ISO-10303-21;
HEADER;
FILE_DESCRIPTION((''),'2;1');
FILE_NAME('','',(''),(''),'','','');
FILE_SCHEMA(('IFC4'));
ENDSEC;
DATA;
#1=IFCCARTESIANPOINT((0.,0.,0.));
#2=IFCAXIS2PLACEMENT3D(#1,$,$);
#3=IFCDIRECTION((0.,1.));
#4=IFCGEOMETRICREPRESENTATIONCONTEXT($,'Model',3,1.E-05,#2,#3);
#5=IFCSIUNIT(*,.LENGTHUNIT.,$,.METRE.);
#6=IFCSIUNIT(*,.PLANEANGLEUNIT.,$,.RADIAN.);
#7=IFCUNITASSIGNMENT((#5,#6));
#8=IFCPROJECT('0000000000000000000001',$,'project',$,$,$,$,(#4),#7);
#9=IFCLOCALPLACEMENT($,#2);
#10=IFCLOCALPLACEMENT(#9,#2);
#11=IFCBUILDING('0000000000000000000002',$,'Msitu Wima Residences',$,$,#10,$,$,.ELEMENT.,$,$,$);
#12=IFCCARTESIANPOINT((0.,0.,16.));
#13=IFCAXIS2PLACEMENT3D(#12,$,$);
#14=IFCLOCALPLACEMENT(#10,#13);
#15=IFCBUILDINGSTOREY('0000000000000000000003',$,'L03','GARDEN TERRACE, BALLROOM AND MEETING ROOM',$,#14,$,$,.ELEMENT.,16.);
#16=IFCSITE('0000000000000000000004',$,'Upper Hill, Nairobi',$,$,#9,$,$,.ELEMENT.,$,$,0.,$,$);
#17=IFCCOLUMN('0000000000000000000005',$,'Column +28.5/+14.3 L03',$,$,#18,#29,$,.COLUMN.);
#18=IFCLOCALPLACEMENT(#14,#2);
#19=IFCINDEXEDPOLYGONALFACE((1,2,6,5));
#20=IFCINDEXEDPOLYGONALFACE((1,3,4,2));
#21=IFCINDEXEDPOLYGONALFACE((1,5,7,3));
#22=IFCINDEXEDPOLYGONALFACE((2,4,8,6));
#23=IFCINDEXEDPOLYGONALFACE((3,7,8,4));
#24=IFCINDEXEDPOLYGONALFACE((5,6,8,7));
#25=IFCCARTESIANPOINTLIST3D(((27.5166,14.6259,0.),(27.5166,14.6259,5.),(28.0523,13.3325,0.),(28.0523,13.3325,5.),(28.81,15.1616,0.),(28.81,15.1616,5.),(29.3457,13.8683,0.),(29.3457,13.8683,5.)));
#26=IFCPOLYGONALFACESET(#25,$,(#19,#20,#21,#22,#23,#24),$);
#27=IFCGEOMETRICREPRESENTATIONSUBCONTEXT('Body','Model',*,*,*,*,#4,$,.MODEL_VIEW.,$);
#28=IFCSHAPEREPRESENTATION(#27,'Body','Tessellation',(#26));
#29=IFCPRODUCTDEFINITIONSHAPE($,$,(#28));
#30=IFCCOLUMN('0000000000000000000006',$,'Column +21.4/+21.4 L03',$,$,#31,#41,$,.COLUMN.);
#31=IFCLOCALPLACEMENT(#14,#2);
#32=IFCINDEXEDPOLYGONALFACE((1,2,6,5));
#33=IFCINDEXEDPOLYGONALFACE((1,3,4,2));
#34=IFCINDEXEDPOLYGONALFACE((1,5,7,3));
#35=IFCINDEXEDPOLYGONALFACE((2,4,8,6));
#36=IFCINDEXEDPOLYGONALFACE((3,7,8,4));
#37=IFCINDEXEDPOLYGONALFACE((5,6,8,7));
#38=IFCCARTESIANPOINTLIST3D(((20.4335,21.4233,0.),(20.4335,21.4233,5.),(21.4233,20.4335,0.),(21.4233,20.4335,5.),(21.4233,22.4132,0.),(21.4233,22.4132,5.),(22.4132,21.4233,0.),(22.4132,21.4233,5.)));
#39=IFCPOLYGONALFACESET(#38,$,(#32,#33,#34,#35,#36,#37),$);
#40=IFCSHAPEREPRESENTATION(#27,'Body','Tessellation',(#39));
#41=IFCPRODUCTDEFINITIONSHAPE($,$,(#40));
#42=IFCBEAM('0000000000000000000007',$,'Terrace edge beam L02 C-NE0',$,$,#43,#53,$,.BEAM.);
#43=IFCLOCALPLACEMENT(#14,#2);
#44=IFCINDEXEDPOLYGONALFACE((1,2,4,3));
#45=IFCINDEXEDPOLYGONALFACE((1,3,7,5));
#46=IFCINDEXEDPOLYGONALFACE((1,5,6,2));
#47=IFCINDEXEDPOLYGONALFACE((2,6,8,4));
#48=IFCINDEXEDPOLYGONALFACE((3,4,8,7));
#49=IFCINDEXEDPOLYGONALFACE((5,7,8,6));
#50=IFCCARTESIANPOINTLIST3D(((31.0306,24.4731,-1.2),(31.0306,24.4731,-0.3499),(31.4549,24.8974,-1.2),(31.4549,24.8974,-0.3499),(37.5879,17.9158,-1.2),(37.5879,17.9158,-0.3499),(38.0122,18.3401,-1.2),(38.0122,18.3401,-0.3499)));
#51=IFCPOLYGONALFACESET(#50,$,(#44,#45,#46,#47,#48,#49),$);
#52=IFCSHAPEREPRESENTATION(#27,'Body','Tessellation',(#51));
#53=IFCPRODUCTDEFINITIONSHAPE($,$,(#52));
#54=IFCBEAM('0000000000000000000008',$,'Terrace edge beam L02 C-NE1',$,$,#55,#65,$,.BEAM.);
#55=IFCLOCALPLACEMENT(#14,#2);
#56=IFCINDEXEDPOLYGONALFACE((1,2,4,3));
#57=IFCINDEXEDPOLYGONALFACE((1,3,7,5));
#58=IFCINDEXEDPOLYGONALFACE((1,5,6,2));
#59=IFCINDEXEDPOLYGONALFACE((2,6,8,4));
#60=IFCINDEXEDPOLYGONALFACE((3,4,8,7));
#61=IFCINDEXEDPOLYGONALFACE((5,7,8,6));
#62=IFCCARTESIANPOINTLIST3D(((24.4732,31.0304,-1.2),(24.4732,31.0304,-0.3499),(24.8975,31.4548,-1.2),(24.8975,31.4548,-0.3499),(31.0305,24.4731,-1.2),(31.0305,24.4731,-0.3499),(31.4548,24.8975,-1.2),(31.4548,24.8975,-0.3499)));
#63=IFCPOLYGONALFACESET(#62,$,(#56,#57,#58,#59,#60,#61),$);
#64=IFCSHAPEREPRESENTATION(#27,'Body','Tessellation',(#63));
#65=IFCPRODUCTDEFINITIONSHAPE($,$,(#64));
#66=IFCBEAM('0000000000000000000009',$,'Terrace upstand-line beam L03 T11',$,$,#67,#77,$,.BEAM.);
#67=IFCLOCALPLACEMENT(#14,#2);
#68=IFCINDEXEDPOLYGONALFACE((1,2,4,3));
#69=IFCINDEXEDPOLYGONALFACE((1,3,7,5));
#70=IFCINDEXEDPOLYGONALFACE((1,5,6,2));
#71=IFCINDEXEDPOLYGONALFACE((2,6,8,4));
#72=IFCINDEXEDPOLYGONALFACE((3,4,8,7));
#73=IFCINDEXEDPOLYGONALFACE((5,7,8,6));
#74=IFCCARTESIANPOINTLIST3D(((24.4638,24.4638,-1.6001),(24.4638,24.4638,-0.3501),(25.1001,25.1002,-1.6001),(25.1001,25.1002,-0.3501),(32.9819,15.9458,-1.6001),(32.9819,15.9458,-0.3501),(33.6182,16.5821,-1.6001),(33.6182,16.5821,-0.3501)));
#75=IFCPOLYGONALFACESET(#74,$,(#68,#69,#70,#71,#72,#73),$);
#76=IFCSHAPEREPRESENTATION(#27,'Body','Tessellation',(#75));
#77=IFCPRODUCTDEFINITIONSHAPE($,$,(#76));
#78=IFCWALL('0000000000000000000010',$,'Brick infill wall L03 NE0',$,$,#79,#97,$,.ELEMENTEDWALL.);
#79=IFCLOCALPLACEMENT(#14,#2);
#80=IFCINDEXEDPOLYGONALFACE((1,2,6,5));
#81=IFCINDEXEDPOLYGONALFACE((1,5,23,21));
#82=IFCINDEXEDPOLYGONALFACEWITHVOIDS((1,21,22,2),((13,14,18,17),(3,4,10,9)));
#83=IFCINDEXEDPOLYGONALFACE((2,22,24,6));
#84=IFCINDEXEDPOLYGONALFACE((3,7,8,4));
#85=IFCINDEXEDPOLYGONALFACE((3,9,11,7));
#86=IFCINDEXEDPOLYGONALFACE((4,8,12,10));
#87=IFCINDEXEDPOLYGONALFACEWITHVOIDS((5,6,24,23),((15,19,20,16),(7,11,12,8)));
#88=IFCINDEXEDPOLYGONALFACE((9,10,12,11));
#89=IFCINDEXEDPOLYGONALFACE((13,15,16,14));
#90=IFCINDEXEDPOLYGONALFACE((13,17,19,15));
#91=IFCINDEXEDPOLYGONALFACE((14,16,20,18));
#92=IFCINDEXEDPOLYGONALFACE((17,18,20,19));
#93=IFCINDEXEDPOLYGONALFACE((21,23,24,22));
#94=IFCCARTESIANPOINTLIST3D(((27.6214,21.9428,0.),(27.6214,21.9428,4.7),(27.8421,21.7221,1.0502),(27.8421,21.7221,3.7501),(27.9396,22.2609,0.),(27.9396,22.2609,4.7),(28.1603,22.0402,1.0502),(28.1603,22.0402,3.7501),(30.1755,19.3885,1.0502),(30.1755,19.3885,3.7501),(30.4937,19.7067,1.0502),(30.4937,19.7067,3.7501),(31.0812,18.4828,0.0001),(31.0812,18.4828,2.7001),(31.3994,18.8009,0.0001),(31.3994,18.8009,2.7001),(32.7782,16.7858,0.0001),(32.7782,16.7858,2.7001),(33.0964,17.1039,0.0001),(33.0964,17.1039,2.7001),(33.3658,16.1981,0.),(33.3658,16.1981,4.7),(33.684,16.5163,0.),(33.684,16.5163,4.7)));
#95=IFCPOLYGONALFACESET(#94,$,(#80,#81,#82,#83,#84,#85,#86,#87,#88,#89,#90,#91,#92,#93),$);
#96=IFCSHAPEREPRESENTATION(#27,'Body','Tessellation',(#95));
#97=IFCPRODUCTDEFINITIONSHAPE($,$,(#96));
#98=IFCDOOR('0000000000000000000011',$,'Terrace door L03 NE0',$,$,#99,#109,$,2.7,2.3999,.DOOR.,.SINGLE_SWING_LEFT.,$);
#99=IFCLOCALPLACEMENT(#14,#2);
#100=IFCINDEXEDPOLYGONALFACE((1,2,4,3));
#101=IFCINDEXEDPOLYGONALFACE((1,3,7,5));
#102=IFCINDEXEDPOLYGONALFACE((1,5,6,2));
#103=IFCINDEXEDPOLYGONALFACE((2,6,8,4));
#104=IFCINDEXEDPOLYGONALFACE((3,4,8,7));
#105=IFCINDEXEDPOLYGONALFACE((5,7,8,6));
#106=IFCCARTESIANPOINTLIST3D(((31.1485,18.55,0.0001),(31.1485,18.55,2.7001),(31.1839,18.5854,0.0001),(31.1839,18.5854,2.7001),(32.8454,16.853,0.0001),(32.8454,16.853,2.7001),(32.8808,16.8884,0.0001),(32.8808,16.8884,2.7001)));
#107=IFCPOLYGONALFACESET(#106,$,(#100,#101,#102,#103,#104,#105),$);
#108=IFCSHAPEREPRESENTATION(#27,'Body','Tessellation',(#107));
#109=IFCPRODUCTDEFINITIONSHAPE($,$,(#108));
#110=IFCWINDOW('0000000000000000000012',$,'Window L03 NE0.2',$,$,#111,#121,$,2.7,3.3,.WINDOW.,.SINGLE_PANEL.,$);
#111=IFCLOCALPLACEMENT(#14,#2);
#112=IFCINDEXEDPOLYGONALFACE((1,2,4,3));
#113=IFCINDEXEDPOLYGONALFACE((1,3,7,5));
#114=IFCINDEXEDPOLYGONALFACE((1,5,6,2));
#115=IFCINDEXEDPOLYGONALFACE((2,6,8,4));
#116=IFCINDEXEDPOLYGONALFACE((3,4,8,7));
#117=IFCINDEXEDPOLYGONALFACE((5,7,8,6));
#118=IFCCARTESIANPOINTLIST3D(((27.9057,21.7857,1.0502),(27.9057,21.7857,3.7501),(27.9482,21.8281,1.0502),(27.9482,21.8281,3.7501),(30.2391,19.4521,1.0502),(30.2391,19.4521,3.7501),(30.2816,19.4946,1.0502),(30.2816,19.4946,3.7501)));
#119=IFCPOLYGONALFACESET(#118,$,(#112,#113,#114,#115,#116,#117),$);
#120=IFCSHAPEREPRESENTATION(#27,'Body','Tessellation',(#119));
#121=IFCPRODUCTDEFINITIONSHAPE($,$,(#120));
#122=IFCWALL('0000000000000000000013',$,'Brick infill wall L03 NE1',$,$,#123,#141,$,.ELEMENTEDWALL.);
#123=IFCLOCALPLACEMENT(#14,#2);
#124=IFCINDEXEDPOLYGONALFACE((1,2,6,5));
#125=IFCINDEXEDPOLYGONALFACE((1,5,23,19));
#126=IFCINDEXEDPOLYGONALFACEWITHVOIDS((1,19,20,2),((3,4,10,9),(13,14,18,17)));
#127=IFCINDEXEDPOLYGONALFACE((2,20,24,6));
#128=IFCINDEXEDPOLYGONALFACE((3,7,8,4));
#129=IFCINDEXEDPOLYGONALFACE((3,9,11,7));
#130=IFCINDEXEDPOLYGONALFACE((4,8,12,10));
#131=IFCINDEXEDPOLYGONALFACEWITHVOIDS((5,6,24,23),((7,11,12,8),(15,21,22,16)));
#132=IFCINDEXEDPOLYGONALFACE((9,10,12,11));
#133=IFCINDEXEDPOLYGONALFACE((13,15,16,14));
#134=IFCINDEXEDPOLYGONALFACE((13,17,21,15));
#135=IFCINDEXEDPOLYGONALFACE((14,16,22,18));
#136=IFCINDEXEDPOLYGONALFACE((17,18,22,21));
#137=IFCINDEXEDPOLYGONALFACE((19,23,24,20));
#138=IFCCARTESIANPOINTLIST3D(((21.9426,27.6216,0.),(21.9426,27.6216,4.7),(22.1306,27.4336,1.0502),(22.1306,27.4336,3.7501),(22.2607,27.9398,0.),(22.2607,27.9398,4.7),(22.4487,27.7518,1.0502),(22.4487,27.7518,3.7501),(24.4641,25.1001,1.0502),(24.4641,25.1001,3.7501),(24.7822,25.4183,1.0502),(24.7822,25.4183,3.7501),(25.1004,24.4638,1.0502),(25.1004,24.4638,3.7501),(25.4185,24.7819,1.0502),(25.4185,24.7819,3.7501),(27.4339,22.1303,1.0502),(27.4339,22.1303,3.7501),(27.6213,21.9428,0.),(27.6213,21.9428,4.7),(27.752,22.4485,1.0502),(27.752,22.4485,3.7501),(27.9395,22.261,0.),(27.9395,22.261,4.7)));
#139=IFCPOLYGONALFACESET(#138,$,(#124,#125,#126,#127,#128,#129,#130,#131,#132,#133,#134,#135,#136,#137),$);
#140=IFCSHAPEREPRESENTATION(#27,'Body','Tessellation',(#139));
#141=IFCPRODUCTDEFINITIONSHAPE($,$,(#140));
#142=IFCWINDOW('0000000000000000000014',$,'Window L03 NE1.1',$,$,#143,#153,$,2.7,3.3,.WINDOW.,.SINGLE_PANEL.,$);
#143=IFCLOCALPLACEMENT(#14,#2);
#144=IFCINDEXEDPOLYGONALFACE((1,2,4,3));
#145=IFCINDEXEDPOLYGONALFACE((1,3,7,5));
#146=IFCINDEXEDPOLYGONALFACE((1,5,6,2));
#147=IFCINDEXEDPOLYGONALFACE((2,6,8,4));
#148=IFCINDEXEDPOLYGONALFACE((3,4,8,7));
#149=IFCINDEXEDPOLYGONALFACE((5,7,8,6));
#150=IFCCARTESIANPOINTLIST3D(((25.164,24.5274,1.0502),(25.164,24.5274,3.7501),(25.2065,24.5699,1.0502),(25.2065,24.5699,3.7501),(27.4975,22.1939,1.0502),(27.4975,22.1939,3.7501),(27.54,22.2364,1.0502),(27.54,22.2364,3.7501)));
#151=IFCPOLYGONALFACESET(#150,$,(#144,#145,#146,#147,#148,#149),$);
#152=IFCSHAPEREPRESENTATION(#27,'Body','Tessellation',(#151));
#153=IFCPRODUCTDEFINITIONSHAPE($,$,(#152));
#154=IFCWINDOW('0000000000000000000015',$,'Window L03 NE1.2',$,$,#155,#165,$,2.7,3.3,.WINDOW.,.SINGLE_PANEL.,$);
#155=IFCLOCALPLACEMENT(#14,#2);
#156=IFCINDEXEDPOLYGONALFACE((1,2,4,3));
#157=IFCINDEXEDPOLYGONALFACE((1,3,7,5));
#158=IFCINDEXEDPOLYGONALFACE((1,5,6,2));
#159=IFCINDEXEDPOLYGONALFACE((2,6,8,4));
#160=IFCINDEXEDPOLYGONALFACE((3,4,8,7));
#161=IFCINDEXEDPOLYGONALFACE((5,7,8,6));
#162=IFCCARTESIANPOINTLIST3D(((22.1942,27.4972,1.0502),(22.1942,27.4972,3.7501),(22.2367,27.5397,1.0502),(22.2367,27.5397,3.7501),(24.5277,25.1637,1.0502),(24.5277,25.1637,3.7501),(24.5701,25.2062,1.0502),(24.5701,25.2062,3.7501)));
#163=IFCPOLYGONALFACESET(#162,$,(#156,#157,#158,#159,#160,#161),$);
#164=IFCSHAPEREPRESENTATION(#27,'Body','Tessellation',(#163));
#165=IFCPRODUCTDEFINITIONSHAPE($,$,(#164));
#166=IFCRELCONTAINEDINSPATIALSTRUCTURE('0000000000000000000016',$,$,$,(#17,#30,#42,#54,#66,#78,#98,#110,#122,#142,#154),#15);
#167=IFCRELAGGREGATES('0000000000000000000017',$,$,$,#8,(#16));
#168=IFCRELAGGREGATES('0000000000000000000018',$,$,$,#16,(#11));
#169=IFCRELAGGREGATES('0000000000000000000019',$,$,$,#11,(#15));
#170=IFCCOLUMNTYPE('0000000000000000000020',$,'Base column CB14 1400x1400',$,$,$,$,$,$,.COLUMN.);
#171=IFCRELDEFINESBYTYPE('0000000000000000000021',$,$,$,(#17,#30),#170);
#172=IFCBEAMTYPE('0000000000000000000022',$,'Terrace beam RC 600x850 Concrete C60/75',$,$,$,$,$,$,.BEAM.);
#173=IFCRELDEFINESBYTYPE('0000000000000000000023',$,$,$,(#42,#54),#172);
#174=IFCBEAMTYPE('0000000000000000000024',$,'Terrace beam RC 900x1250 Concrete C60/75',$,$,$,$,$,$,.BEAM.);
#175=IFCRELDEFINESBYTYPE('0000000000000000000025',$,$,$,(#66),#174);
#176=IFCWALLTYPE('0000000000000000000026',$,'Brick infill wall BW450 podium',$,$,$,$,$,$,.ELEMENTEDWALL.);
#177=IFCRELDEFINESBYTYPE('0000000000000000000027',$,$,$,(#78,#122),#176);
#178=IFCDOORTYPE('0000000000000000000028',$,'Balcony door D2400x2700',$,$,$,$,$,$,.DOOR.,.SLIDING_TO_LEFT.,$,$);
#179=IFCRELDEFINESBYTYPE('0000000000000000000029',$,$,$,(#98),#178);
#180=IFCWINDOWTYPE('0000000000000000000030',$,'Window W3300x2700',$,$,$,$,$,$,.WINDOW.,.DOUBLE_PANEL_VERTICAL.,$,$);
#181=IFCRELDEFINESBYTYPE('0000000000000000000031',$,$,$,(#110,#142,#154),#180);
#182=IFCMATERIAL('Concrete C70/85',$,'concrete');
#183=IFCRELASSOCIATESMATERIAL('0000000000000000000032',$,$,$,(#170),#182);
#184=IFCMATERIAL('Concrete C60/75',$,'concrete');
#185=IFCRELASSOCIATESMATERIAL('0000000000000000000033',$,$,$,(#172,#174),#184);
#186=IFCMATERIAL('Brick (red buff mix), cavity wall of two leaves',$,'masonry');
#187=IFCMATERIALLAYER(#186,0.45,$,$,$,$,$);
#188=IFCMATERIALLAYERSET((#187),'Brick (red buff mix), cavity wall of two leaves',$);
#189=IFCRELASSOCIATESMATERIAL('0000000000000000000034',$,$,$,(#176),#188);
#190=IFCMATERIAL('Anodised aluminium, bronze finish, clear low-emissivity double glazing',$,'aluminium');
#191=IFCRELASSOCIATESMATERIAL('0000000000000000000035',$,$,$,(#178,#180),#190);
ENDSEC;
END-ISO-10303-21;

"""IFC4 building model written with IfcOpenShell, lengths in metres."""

from ifc_helpers import new_model, si_unit, direction, frame, frame_2d, origin, origin_2d, place, context, subcontext, project, spatial, rectangle, extrude, material, layer, layer_set, material_profile, profile_set, type_object, element, fill, save


model = new_model("IFC4")

# Units and contexts
model_context = context("Model", 3, precision=1e-05, world=origin(), true_north=direction((0.0, 1.0)))
body_context = subcontext(model_context, "Body", "Model", "MODEL_VIEW")
ifc_project = project(units=[si_unit("LENGTHUNIT", "METRE"), si_unit("PLANEANGLEUNIT", "RADIAN")], contexts=[model_context])

# Site, building, storey
site_placement = place(None, origin())
site = spatial("IfcSite", under=ifc_project, at=site_placement, Name="Upper Hill, Nairobi", CompositionType="ELEMENT", RefElevation=0.0)
building_placement = place(site_placement, origin())
building = spatial("IfcBuilding", under=site, at=building_placement, Name="Msitu Wima Residences", CompositionType="ELEMENT")
storey_placement = place(building_placement, frame((0.0, 0.0, 16.0)))
storey = spatial("IfcBuildingStorey", under=building, at=storey_placement, Name="L03", Description="GARDEN TERRACE, BALLROOM AND MEETING ROOM", CompositionType="ELEMENT", Elevation=16.0)

# Columns
ifc_material_1 = material(Name="Concrete C70/85", Category="concrete")
ifc_material_profile_1 = material_profile(ifc_material_1, rectangle(XDim=1.3999, YDim=1.3999, at=origin_2d()), Name="RC 1400x1400")
ifc_profile_set_1 = profile_set([ifc_material_profile_1], Name="Concrete C70/85")
column_type = type_object("IfcColumnType", Name="Base column CB14 1400x1400", PredefinedType="COLUMN", material=ifc_profile_set_1)
for number, where, z_axis, x_axis, name in (
    (1, (28.4312, 14.2471, 0.0), (0.0, 0.0, 1.0), (-0.382683, 0.92388, 0.0), "Column +28.5/+14.3 L03"),
    (2, (21.4233, 21.4233, 0.0), (0.0, 0.0, 1.0), (-0.707107, 0.707107, 0.0), "Column +21.4/+21.4 L03"),
):
    element("IfcColumn", number, at=place(storey_placement, frame(where, z_axis=z_axis, x_axis=x_axis)), inside=storey, type_object=column_type, Name=name, PredefinedType="COLUMN", context=body_context, shape_type="SweptSolid", body=[
        extrude(rectangle(XDim=1.3999, YDim=1.3999, at=origin_2d()), origin(), (0.0, 0.0, 1.0), 5.0),
    ])

# Beams
ifc_material_2 = material(Name="Concrete C60/75", Category="concrete")
ifc_material_profile_2 = material_profile(ifc_material_2, rectangle(XDim=0.6001, YDim=0.8501, at=origin_2d()), Name="RC 600x850")
ifc_profile_set_2 = profile_set([ifc_material_profile_2], Name="Concrete C60/75")
beam_type_1 = type_object("IfcBeamType", Name="Terrace beam RC 600x850 Concrete C60/75", PredefinedType="BEAM", material=ifc_profile_set_2)
for number, where, z_axis, x_axis, name in (
    (3, (37.8, 18.1279, -0.7749), (-0.707107, 0.707107, 0.0), (-0.707107, -0.707107, 0.0), "Terrace edge beam L02 C-NE0"),
    (4, (31.2427, 24.6853, -0.7749), (-0.707107, 0.707107, 0.0), (-0.707107, -0.707107, 0.0), "Terrace edge beam L02 C-NE1"),
):
    element("IfcBeam", number, at=place(storey_placement, frame(where, z_axis=z_axis, x_axis=x_axis)), inside=storey, type_object=beam_type_1, Name=name, PredefinedType="BEAM", context=body_context, shape_type="SweptSolid", body=[
        extrude(rectangle(XDim=0.6001, YDim=0.8501, at=origin_2d()), origin(), (0.0, 0.0, 1.0), 9.2734),
    ])
ifc_material_profile_3 = material_profile(ifc_material_2, rectangle(XDim=0.8999, YDim=1.25, at=origin_2d()), Name="RC 900x1250")
ifc_profile_set_3 = profile_set([ifc_material_profile_3], Name="Concrete C60/75")
beam_type_2 = type_object("IfcBeamType", Name="Terrace beam RC 900x1250 Concrete C60/75", PredefinedType="BEAM", material=ifc_profile_set_3)
beam_placement = place(storey_placement, frame((33.3, 16.2639, -0.9751), z_axis=(-0.707107, 0.707107, 0.0), x_axis=(-0.707107, -0.707107, 0.0)))
element("IfcBeam", 5, at=beam_placement, inside=storey, type_object=beam_type_2, Name="Terrace upstand-line beam L03 T11", PredefinedType="BEAM", context=body_context, shape_type="SweptSolid", body=[
    extrude(rectangle(XDim=0.8999, YDim=1.25, at=origin_2d()), origin(), (0.0, 0.0, 1.0), 12.0464),
])

# Wall, openings, door, window
ifc_material_3 = material(Name="Brick (red buff mix), cavity wall of two leaves", Category="masonry")
ifc_layer_1 = layer(ifc_material_3, 0.45)
ifc_layer_set_1 = layer_set([ifc_layer_1], Name="Brick (red buff mix), cavity wall of two leaves")
wall_type_1 = type_object("IfcWallType", Name="Brick infill wall BW450 podium", PredefinedType="ELEMENTEDWALL", material=ifc_layer_set_1)
wall_1_placement = place(storey_placement, frame((33.5249, 16.3572, 0.0), z_axis=(0.0, 0.0, 1.0), x_axis=(-0.707092, 0.707122, 0.0)))
wall_1 = element("IfcWall", 6, at=wall_1_placement, inside=storey, type_object=wall_type_1, Name="Brick infill wall L03 NE0", PredefinedType="ELEMENTEDWALL", context=body_context, shape_type="SweptSolid", body=[
    extrude(rectangle(XDim=8.124, YDim=0.45, at=frame_2d((4.062, 0.0))), origin(), (0.0, 0.0, 1.0), 4.7),
])
opening_1_placement = place(wall_1_placement, frame((0.8311, 0.0, 0.0)))
opening_1 = element("IfcOpeningElement", 7, at=opening_1_placement, cuts=wall_1, PredefinedType="OPENING", context=body_context, shape_type="SweptSolid", body=[
    extrude(rectangle(XDim=2.3999, YDim=2.7, at=frame_2d((1.2, 1.3501))), frame((0.0, 0.2349, 0.0), z_axis=(0.0, -1.0, 0.0), x_axis=(1.0, 0.0, 0.0)), (0.0, 0.0, 1.0), 0.47),
])
opening_2_placement = place(wall_1_placement, frame((4.512, 0.0, 1.05)))
opening_2 = element("IfcOpeningElement", 8, at=opening_2_placement, cuts=wall_1, PredefinedType="OPENING", context=body_context, shape_type="SweptSolid", body=[
    extrude(rectangle(XDim=3.3, YDim=2.7, at=frame_2d((1.6499, 1.3501))), frame((0.0, 0.2349, 0.0), z_axis=(0.0, -1.0, 0.0), x_axis=(1.0, 0.0, 0.0)), (0.0, 0.0, 1.0), 0.47),
])
ifc_material_4 = material(Name="Anodised aluminium, bronze finish, clear low-emissivity double glazing", Category="aluminium")
door_type = type_object("IfcDoorType", Name="Balcony door D2400x2700", OperationType="SLIDING_TO_LEFT", PredefinedType="DOOR", material=ifc_material_4)
door_placement = place(opening_1_placement, origin())
door = element("IfcDoor", 9, at=door_placement, inside=storey, type_object=door_type, Name="Terrace door L03 NE0", OperationType="SINGLE_SWING_LEFT", OverallHeight=2.7, OverallWidth=2.3999, PredefinedType="DOOR", context=body_context, shape_type="SweptSolid", body=[
    extrude(rectangle(XDim=2.3999, YDim=2.7, at=frame_2d((1.2, 1.3501))), frame((0.0, 0.1299, 0.0), z_axis=(0.0, -1.0, 0.0), x_axis=(1.0, 0.0, 0.0)), (0.0, 0.0, 1.0), 0.05),
])
fill(opening_1, door)
window_type = type_object("IfcWindowType", Name="Window W3300x2700", PartitioningType="DOUBLE_PANEL_VERTICAL", PredefinedType="WINDOW", material=ifc_material_4)
window_1_placement = place(opening_2_placement, origin())
window_1 = element("IfcWindow", 10, at=window_1_placement, inside=storey, type_object=window_type, Name="Window L03 NE0.2", OverallHeight=2.7, OverallWidth=3.3, PartitioningType="SINGLE_PANEL", PredefinedType="WINDOW", context=body_context, shape_type="SweptSolid", body=[
    extrude(rectangle(XDim=3.3, YDim=2.7, at=frame_2d((1.6499, 1.3501))), frame((0.0, 0.135, 0.0), z_axis=(0.0, -1.0, 0.0), x_axis=(1.0, 0.0, 0.0)), (0.0, 0.0, 1.0), 0.0601),
])
fill(opening_2, window_1)

# Wall, openings, windows
wall_2_placement = place(storey_placement, frame((27.7805, 22.1018, 0.0), z_axis=(0.0, 0.0, 1.0), x_axis=(-0.707107, 0.707107, 0.0)))
wall_2 = element("IfcWall", 11, at=wall_2_placement, inside=storey, type_object=wall_type_1, Name="Brick infill wall L03 NE1", PredefinedType="ELEMENTEDWALL", context=body_context, shape_type="SweptSolid", body=[
    extrude(rectangle(XDim=8.031, YDim=0.45, at=frame_2d((4.0156, 0.0))), origin(), (0.0, 0.0, 1.0), 4.7),
])
opening_3_placement = place(wall_2_placement, frame((0.2654, 0.0, 1.05)))
opening_3 = element("IfcOpeningElement", 12, at=opening_3_placement, cuts=wall_2, PredefinedType="OPENING", context=body_context, shape_type="SweptSolid", body=[
    extrude(rectangle(XDim=3.3, YDim=2.7, at=frame_2d((1.6499, 1.3501))), frame((0.0, 0.2349, 0.0), z_axis=(0.0, -1.0, 0.0), x_axis=(1.0, 0.0, 0.0)), (0.0, 0.0, 1.0), 0.47),
])
opening_4_placement = place(wall_2_placement, frame((4.4653, 0.0, 1.05)))
opening_4 = element("IfcOpeningElement", 13, at=opening_4_placement, cuts=wall_2, PredefinedType="OPENING", context=body_context, shape_type="SweptSolid", body=[
    extrude(rectangle(XDim=3.3, YDim=2.7, at=frame_2d((1.6499, 1.3501))), frame((0.0, 0.2349, 0.0), z_axis=(0.0, -1.0, 0.0), x_axis=(1.0, 0.0, 0.0)), (0.0, 0.0, 1.0), 0.47),
])
window_2_placement = place(opening_3_placement, origin())
window_2 = element("IfcWindow", 14, at=window_2_placement, inside=storey, type_object=window_type, Name="Window L03 NE1.1", OverallHeight=2.7, OverallWidth=3.3, PartitioningType="SINGLE_PANEL", PredefinedType="WINDOW", context=body_context, shape_type="SweptSolid", body=[
    extrude(rectangle(XDim=3.3, YDim=2.7, at=frame_2d((1.6499, 1.3501))), frame((0.0, 0.135, 0.0), z_axis=(0.0, -1.0, 0.0), x_axis=(1.0, 0.0, 0.0)), (0.0, 0.0, 1.0), 0.0601),
])
fill(opening_3, window_2)
window_3_placement = place(opening_4_placement, origin())
window_3 = element("IfcWindow", 15, at=window_3_placement, inside=storey, type_object=window_type, Name="Window L03 NE1.2", OverallHeight=2.7, OverallWidth=3.3, PartitioningType="SINGLE_PANEL", PredefinedType="WINDOW", context=body_context, shape_type="SweptSolid", body=[
    extrude(rectangle(XDim=3.3, YDim=2.7, at=frame_2d((1.6499, 1.3501))), frame((0.0, 0.135, 0.0), z_axis=(0.0, -1.0, 0.0), x_axis=(1.0, 0.0, 0.0)), (0.0, 0.0, 1.0), 0.0601),
])
fill(opening_4, window_3)

save(model, "model.ifc")
